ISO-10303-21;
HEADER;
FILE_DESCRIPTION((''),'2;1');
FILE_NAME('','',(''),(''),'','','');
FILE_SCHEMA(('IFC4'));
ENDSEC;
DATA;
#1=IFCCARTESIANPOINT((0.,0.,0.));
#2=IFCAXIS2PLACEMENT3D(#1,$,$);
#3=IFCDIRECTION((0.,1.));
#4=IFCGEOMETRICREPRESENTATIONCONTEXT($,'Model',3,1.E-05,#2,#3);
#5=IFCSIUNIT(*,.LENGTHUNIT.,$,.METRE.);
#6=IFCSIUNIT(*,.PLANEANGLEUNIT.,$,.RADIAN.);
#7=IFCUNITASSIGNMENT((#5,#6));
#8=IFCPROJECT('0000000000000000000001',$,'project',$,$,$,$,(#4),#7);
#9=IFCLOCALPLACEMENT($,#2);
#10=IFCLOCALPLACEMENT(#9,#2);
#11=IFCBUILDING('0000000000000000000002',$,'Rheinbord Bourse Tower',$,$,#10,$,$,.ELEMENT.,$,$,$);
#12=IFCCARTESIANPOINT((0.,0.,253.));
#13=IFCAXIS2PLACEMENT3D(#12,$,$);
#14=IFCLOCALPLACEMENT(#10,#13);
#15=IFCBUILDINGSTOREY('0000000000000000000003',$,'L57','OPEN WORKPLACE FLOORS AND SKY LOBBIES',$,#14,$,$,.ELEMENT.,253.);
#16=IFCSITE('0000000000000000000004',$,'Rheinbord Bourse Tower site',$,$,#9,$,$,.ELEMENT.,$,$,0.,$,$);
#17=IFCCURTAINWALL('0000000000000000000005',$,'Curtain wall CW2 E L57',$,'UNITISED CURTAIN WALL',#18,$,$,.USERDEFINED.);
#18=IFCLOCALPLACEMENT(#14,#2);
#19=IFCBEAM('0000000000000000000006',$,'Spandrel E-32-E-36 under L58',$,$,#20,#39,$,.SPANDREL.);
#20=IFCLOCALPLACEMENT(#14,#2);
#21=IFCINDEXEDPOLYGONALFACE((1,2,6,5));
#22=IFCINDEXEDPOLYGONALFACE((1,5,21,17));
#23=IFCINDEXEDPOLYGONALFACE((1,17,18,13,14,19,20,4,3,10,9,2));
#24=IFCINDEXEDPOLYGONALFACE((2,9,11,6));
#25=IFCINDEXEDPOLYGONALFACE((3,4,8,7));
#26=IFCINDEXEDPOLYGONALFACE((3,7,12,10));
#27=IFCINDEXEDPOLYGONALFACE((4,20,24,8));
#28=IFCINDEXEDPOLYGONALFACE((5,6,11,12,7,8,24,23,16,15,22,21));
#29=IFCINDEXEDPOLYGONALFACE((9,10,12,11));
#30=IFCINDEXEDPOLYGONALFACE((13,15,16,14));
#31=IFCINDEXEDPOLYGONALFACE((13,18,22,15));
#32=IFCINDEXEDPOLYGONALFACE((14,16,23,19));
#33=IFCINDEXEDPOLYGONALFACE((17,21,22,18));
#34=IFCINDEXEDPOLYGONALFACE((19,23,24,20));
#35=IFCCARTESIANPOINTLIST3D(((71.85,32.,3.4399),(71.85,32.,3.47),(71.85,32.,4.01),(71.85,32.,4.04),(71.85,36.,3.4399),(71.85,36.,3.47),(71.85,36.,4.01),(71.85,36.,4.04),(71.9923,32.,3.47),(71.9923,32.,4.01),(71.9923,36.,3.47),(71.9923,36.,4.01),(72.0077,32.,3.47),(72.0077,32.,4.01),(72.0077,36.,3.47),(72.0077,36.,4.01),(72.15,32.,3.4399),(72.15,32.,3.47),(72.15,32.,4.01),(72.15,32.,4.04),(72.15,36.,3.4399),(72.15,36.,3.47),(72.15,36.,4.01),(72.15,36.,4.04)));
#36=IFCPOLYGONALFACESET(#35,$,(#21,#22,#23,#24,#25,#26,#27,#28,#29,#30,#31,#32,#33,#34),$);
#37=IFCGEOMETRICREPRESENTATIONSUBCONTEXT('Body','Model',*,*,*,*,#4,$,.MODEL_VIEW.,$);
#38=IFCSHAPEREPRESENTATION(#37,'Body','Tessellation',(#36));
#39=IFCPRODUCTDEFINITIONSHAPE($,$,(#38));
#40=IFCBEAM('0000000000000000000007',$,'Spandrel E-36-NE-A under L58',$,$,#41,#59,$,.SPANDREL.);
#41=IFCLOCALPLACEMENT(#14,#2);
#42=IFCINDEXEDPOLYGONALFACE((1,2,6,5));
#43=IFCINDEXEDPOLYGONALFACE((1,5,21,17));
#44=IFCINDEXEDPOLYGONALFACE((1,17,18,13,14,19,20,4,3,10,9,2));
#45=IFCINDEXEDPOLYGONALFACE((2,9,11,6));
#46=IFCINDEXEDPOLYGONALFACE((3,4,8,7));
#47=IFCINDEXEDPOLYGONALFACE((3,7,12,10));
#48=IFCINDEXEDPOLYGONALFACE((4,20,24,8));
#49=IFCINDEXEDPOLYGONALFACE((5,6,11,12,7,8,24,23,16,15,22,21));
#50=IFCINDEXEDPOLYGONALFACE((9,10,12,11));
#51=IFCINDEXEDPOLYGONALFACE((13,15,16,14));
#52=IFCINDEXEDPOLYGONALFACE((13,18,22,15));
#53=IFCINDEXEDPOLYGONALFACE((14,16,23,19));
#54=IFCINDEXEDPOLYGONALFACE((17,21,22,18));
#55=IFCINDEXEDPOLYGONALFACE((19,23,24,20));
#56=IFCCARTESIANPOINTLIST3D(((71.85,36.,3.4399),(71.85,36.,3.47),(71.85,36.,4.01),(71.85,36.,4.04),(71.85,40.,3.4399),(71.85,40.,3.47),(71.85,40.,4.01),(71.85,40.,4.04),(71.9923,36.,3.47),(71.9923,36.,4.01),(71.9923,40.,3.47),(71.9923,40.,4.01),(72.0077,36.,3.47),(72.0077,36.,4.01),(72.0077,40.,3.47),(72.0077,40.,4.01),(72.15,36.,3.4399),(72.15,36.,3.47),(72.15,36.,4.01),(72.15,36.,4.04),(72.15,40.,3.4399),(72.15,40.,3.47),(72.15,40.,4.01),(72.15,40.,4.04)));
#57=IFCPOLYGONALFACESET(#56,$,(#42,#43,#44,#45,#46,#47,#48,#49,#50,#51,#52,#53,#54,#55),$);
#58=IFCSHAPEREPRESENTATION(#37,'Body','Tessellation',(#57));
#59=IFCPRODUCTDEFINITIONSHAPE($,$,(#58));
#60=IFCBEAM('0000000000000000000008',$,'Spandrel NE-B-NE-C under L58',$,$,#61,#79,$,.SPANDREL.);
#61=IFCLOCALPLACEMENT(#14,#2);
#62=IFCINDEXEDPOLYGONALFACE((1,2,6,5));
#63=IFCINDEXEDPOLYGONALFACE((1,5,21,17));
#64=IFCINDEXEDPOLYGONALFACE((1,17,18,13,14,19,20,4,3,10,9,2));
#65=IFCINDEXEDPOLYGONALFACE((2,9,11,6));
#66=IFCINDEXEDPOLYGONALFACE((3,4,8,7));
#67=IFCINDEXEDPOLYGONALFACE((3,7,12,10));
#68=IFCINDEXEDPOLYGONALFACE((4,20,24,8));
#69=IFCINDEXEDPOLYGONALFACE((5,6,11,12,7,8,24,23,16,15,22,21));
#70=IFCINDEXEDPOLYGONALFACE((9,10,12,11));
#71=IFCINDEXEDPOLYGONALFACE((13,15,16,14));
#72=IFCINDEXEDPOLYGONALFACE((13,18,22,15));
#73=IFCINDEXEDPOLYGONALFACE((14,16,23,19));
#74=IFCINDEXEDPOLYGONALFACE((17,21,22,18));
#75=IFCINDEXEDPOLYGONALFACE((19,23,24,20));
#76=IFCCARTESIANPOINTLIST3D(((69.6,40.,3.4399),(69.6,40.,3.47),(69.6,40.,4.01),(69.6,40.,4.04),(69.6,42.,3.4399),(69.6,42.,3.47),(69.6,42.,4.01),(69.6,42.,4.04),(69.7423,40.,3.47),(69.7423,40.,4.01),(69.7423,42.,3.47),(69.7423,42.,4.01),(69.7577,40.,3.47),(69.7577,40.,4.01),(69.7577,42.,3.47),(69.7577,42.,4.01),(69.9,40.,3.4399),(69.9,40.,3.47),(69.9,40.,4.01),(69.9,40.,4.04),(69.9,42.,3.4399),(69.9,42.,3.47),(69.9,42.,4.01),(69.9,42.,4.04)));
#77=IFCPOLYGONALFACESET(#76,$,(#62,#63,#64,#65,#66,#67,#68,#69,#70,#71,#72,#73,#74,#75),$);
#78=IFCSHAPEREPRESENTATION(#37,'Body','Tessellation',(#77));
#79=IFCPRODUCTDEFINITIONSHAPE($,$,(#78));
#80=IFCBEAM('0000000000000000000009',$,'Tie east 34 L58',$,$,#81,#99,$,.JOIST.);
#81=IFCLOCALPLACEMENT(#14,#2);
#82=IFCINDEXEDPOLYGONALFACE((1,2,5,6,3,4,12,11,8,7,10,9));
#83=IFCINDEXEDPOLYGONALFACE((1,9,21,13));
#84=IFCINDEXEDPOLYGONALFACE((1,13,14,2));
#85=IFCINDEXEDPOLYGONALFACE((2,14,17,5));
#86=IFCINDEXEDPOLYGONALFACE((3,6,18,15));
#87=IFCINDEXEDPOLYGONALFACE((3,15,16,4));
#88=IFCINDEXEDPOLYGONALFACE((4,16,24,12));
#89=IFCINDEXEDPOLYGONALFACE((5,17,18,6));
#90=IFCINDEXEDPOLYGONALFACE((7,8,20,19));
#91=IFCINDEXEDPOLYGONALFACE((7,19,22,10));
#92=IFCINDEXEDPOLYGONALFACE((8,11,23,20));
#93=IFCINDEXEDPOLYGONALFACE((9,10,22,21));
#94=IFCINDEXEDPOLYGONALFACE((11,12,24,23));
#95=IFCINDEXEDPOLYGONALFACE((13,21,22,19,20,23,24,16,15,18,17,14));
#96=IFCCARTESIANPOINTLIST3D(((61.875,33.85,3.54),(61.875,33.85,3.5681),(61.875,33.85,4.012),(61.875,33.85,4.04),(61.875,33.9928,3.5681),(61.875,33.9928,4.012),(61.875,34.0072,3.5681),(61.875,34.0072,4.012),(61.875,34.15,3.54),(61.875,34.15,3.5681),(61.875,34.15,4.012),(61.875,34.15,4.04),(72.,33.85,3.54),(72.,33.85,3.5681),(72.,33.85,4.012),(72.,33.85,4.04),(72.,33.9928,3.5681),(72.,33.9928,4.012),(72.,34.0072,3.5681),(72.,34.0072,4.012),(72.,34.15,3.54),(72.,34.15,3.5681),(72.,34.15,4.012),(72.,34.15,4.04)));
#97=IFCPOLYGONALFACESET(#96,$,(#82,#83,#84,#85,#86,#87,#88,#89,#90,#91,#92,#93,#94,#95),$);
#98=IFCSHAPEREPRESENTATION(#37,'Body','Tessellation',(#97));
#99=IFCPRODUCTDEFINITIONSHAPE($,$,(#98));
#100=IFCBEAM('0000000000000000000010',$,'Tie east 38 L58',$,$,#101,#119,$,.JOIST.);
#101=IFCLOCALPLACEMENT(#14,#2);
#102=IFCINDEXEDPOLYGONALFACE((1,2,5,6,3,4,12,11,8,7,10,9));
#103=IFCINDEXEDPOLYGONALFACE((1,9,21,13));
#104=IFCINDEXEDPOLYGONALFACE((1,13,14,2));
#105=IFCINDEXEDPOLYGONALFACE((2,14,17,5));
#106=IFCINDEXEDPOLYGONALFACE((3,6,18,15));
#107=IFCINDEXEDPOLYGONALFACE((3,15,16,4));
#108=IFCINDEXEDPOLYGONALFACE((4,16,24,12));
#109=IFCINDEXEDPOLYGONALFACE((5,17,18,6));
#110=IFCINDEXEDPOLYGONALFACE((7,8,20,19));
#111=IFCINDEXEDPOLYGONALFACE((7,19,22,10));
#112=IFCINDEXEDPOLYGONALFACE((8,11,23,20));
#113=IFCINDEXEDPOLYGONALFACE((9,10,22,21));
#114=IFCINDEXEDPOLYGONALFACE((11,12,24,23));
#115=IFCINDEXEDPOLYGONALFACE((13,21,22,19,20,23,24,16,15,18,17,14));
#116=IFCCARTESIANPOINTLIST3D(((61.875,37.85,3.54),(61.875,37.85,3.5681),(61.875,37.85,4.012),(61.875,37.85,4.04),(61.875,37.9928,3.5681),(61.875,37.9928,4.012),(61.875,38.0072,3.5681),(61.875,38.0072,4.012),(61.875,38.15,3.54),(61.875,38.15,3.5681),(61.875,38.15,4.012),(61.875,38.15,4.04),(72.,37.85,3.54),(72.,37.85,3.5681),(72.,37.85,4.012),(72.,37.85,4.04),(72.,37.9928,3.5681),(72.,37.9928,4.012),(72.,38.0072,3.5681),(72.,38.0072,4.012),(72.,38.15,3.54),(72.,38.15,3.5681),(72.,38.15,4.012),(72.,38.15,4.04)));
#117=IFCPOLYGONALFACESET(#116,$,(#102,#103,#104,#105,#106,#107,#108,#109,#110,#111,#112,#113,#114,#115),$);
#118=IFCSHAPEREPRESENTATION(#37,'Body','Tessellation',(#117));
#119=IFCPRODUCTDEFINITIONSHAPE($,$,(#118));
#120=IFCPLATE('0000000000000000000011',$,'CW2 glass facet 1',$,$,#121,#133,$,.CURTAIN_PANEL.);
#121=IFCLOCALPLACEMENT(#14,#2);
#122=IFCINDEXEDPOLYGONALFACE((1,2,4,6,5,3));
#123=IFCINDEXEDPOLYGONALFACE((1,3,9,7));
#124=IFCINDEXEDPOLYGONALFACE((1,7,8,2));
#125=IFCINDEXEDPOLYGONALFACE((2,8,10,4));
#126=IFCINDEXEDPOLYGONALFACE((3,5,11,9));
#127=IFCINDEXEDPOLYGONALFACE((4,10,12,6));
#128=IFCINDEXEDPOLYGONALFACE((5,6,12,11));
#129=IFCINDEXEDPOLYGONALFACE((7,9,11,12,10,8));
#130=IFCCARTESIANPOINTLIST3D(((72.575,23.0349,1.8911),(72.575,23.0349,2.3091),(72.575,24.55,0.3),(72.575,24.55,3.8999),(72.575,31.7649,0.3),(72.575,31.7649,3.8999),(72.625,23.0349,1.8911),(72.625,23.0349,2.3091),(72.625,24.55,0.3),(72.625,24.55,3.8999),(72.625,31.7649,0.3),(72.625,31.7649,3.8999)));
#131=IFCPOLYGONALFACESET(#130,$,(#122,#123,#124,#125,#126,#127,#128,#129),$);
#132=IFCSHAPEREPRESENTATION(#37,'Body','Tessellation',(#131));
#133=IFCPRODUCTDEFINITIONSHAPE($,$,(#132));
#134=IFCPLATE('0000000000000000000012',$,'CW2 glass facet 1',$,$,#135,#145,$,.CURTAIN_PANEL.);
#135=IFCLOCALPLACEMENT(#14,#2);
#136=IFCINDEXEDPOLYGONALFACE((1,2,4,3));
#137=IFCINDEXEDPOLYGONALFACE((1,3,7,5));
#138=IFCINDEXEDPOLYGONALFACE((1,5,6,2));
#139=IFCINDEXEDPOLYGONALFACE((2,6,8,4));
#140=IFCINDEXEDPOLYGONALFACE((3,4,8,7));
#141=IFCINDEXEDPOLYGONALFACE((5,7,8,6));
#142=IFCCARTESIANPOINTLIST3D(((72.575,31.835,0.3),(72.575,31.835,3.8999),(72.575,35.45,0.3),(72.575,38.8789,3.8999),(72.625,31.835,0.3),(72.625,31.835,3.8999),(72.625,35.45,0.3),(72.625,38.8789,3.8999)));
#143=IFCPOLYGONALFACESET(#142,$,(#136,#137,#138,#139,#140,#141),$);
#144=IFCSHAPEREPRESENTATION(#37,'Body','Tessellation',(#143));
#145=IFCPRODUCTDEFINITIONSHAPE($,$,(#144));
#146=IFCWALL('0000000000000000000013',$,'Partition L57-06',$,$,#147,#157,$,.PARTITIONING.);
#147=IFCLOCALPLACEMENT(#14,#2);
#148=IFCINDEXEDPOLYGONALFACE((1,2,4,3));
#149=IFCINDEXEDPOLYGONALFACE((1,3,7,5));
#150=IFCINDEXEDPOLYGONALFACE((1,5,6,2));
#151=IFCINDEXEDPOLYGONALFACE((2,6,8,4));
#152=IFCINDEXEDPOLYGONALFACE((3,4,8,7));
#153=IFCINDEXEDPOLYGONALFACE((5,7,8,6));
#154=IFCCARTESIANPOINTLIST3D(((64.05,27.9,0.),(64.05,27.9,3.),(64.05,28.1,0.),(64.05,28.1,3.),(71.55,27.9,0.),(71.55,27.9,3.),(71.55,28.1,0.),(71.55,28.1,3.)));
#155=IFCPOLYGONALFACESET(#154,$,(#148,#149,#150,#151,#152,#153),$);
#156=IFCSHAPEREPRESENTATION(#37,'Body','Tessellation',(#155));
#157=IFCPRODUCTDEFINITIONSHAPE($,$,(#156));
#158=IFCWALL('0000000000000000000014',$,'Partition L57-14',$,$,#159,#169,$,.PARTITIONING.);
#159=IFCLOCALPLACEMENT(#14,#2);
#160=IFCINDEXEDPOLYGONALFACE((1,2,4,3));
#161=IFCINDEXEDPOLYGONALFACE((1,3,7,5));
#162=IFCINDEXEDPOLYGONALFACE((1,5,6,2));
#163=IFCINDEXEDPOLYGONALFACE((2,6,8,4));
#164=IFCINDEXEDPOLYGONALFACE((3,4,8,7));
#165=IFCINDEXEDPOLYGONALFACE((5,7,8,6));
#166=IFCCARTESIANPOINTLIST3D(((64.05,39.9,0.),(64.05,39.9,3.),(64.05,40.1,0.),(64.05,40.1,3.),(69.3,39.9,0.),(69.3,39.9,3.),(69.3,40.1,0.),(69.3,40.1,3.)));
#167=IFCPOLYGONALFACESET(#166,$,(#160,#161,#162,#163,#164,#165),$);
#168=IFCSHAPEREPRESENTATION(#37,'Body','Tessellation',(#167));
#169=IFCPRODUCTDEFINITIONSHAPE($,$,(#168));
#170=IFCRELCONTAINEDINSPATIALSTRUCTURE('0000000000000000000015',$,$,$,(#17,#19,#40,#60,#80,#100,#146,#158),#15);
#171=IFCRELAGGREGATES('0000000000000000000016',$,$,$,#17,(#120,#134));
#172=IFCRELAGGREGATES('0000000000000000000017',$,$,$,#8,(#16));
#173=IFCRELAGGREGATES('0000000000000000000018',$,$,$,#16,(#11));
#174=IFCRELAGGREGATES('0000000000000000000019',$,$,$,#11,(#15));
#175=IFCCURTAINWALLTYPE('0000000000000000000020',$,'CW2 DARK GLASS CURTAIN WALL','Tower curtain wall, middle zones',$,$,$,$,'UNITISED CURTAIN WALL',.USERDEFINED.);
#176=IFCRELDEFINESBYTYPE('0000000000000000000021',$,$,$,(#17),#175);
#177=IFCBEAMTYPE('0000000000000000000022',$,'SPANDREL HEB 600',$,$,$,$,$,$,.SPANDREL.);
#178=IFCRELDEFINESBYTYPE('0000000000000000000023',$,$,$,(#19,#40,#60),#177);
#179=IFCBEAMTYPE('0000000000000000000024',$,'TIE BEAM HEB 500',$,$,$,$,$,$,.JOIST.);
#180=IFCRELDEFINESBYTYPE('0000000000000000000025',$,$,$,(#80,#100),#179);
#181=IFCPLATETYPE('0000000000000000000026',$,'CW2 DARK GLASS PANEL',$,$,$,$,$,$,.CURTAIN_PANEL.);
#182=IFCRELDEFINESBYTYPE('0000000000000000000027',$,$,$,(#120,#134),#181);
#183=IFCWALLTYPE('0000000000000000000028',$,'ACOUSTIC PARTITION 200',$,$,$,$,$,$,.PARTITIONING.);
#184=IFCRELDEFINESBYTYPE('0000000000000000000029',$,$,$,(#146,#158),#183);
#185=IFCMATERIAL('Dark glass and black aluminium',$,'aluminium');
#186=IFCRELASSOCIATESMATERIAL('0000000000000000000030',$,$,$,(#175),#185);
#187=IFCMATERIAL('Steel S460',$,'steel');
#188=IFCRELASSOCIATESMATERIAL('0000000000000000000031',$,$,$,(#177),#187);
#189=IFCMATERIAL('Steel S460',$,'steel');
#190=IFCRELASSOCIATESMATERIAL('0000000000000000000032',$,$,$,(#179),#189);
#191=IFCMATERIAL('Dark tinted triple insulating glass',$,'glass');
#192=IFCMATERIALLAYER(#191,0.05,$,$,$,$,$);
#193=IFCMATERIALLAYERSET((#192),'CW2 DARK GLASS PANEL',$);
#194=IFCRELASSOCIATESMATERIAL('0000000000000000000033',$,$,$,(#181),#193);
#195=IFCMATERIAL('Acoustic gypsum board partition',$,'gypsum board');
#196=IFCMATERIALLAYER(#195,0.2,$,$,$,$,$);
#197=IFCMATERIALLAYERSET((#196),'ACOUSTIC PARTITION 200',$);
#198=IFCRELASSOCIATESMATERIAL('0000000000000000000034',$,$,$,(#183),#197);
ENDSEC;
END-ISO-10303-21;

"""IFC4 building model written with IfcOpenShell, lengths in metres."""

from ifc_helpers import new_model, si_unit, direction, frame, frame_2d, origin, origin_2d, place, context, subcontext, project, spatial, polyline, rectangle, i_section, outline, extrude, material, layer, layer_set, material_profile, profile_set, type_object, element, aggregate, save


model = new_model("IFC4")

# Units and contexts
model_context = context("Model", 3, precision=1e-05, world=origin(), true_north=direction((0.0, 1.0)))
body_context = subcontext(model_context, "Body", "Model", "MODEL_VIEW")
ifc_project = project(units=[si_unit("LENGTHUNIT", "METRE"), si_unit("PLANEANGLEUNIT", "RADIAN")], contexts=[model_context])

# Site, building, storey
site_placement = place(None, origin())
site = spatial("IfcSite", under=ifc_project, at=site_placement, Name="Rheinbord Bourse Tower site", CompositionType="ELEMENT", RefElevation=0.0)
building_placement = place(site_placement, origin())
building = spatial("IfcBuilding", under=site, at=building_placement, Name="Rheinbord Bourse Tower", CompositionType="ELEMENT")
storey_placement = place(building_placement, frame((0.0, 0.0, 253.0)))
storey = spatial("IfcBuildingStorey", under=building, at=storey_placement, Name="L57", Description="OPEN WORKPLACE FLOORS AND SKY LOBBIES", CompositionType="ELEMENT", Elevation=253.0)

# Curtain wall
ifc_material_1 = material(Name="Dark glass and black aluminium", Category="aluminium")
curtain_wall_type = type_object("IfcCurtainWallType", Name="CW2 DARK GLASS CURTAIN WALL", Description="Tower curtain wall, middle zones", ElementType="UNITISED CURTAIN WALL", PredefinedType="USERDEFINED", material=ifc_material_1)
curtain_wall_placement = place(storey_placement, origin())
curtain_wall = element("IfcCurtainWall", 1, at=curtain_wall_placement, inside=storey, type_object=curtain_wall_type, Name="Curtain wall CW2 E L57", ObjectType="UNITISED CURTAIN WALL", PredefinedType="USERDEFINED")

# Beams
ifc_material_2 = material(Name="Steel S460", Category="steel")
ifc_material_profile_1 = material_profile(ifc_material_2, i_section(OverallWidth=0.3, OverallDepth=0.6001, WebThickness=0.0154, FlangeThickness=0.03, at=origin_2d()), Name="HEB 600")
ifc_profile_set_1 = profile_set([ifc_material_profile_1], Name="Steel S460")
beam_type_1 = type_object("IfcBeamType", Name="SPANDREL HEB 600", PredefinedType="SPANDREL", material=ifc_profile_set_1)
for number, where, z_axis, x_axis, name in (
    (2, (72.0, 32.0, 3.74), (0.0, 1.0, 0.0), (-1.0, 0.0, 0.0), "Spandrel E-32-E-36 under L58"),
    (3, (72.0, 36.0, 3.74), (0.0, 1.0, 0.0), (-1.0, 0.0, 0.0), "Spandrel E-36-NE-A under L58"),
):
    element("IfcBeam", number, at=place(storey_placement, frame(where, z_axis=z_axis, x_axis=x_axis)), inside=storey, type_object=beam_type_1, Name=name, PredefinedType="SPANDREL", context=body_context, shape_type="SweptSolid", body=[
        extrude(i_section(OverallWidth=0.3, OverallDepth=0.6001, WebThickness=0.0154, FlangeThickness=0.03, at=origin_2d()), origin(), (0.0, 0.0, 1.0), 4.0),
    ])
beam_1_placement = place(storey_placement, frame((69.75, 40.0, 3.74), z_axis=(0.0, 1.0, 0.0), x_axis=(-1.0, 0.0, 0.0)))
element("IfcBeam", 4, at=beam_1_placement, inside=storey, type_object=beam_type_1, Name="Spandrel NE-B-NE-C under L58", PredefinedType="SPANDREL", context=body_context, shape_type="SweptSolid", body=[
    extrude(i_section(OverallWidth=0.3, OverallDepth=0.6001, WebThickness=0.0154, FlangeThickness=0.03, at=origin_2d()), origin(), (0.0, 0.0, 1.0), 2.0),
])
ifc_material_3 = material(Name="Steel S460", Category="steel")
ifc_material_profile_2 = material_profile(ifc_material_3, i_section(OverallWidth=0.3, OverallDepth=0.5, WebThickness=0.0144, FlangeThickness=0.0281, at=origin_2d()), Name="HEB 500")
ifc_profile_set_2 = profile_set([ifc_material_profile_2], Name="Steel S460")
beam_type_2 = type_object("IfcBeamType", Name="TIE BEAM HEB 500", PredefinedType="JOIST", material=ifc_profile_set_2)
for number, where, z_axis, x_axis, name in (
    (5, (61.875, 34.0, 3.79), (1.0, 0.0, 0.0), (0.0, 1.0, 0.0), "Tie east 34 L58"),
    (6, (61.875, 38.0, 3.79), (1.0, 0.0, 0.0), (0.0, 1.0, 0.0), "Tie east 38 L58"),
):
    element("IfcBeam", number, at=place(storey_placement, frame(where, z_axis=z_axis, x_axis=x_axis)), inside=storey, type_object=beam_type_2, Name=name, PredefinedType="JOIST", context=body_context, shape_type="SweptSolid", body=[
        extrude(i_section(OverallWidth=0.3, OverallDepth=0.5, WebThickness=0.0144, FlangeThickness=0.0281, at=origin_2d()), origin(), (0.0, 0.0, 1.0), 10.125),
    ])

# Plates
ifc_material_4 = material(Name="Dark tinted triple insulating glass", Category="glass")
ifc_layer_1 = layer(ifc_material_4, 0.05)
ifc_layer_set_1 = layer_set([ifc_layer_1], Name="CW2 DARK GLASS PANEL")
plate_type = type_object("IfcPlateType", Name="CW2 DARK GLASS PANEL", PredefinedType="CURTAIN_PANEL", material=ifc_layer_set_1)
plate_1_placement = place(storey_placement, frame((72.625, 31.7649, 3.8999), z_axis=(-1.0, 0.0, 0.0), x_axis=(0.0, 0.0, -1.0)))
plate_1 = element("IfcPlate", 7, at=plate_1_placement, type_object=plate_type, Name="CW2 glass facet 1", PredefinedType="CURTAIN_PANEL", context=body_context, shape_type="SweptSolid", body=[
    extrude(outline(polyline([(0.0, 0.0), (3.5999, 0.0), (3.5999, 7.2148), (2.0088, 8.73), (1.5908, 8.73), (0.0, 7.2148), (0.0, 0.0)])), origin(), (0.0, 0.0, 1.0), 0.05),
])
plate_2_placement = place(storey_placement, frame((72.625, 31.835, 0.3), z_axis=(-1.0, 0.0, 0.0), x_axis=(0.0, 0.0, 1.0)))
plate_2 = element("IfcPlate", 8, at=plate_2_placement, type_object=plate_type, Name="CW2 glass facet 1", PredefinedType="CURTAIN_PANEL", context=body_context, shape_type="SweptSolid", body=[
    extrude(outline(polyline([(0.0, 0.0), (3.5999, 0.0), (3.5999, 7.0439), (0.0, 3.615), (0.0, 0.0)])), origin(), (0.0, 0.0, 1.0), 0.05),
])
aggregate(curtain_wall, [plate_1, plate_2])

# Walls
ifc_material_5 = material(Name="Acoustic gypsum board partition", Category="gypsum board")
ifc_layer_2 = layer(ifc_material_5, 0.2)
ifc_layer_set_2 = layer_set([ifc_layer_2], Name="ACOUSTIC PARTITION 200")
wall_type_1 = type_object("IfcWallType", Name="ACOUSTIC PARTITION 200", PredefinedType="PARTITIONING", material=ifc_layer_set_2)
wall_1_placement = place(storey_placement, frame((64.05, 28.0, 0.0), z_axis=(0.0, 0.0, 1.0), x_axis=(1.0, 0.0, 0.0)))
element("IfcWall", 9, at=wall_1_placement, inside=storey, type_object=wall_type_1, Name="Partition L57-06", PredefinedType="PARTITIONING", context=body_context, shape_type="SweptSolid", body=[
    extrude(rectangle(XDim=7.5, YDim=0.2, at=frame_2d((3.75, 0.0))), origin(), (0.0, 0.0, 1.0), 3.0),
])
wall_2_placement = place(storey_placement, frame((64.05, 40.0, 0.0), z_axis=(0.0, 0.0, 1.0), x_axis=(1.0, 0.0, 0.0)))
element("IfcWall", 10, at=wall_2_placement, inside=storey, type_object=wall_type_1, Name="Partition L57-14", PredefinedType="PARTITIONING", context=body_context, shape_type="SweptSolid", body=[
    extrude(rectangle(XDim=5.25, YDim=0.2, at=frame_2d((2.625, 0.0))), origin(), (0.0, 0.0, 1.0), 3.0),
])

save(model, "model.ifc")
